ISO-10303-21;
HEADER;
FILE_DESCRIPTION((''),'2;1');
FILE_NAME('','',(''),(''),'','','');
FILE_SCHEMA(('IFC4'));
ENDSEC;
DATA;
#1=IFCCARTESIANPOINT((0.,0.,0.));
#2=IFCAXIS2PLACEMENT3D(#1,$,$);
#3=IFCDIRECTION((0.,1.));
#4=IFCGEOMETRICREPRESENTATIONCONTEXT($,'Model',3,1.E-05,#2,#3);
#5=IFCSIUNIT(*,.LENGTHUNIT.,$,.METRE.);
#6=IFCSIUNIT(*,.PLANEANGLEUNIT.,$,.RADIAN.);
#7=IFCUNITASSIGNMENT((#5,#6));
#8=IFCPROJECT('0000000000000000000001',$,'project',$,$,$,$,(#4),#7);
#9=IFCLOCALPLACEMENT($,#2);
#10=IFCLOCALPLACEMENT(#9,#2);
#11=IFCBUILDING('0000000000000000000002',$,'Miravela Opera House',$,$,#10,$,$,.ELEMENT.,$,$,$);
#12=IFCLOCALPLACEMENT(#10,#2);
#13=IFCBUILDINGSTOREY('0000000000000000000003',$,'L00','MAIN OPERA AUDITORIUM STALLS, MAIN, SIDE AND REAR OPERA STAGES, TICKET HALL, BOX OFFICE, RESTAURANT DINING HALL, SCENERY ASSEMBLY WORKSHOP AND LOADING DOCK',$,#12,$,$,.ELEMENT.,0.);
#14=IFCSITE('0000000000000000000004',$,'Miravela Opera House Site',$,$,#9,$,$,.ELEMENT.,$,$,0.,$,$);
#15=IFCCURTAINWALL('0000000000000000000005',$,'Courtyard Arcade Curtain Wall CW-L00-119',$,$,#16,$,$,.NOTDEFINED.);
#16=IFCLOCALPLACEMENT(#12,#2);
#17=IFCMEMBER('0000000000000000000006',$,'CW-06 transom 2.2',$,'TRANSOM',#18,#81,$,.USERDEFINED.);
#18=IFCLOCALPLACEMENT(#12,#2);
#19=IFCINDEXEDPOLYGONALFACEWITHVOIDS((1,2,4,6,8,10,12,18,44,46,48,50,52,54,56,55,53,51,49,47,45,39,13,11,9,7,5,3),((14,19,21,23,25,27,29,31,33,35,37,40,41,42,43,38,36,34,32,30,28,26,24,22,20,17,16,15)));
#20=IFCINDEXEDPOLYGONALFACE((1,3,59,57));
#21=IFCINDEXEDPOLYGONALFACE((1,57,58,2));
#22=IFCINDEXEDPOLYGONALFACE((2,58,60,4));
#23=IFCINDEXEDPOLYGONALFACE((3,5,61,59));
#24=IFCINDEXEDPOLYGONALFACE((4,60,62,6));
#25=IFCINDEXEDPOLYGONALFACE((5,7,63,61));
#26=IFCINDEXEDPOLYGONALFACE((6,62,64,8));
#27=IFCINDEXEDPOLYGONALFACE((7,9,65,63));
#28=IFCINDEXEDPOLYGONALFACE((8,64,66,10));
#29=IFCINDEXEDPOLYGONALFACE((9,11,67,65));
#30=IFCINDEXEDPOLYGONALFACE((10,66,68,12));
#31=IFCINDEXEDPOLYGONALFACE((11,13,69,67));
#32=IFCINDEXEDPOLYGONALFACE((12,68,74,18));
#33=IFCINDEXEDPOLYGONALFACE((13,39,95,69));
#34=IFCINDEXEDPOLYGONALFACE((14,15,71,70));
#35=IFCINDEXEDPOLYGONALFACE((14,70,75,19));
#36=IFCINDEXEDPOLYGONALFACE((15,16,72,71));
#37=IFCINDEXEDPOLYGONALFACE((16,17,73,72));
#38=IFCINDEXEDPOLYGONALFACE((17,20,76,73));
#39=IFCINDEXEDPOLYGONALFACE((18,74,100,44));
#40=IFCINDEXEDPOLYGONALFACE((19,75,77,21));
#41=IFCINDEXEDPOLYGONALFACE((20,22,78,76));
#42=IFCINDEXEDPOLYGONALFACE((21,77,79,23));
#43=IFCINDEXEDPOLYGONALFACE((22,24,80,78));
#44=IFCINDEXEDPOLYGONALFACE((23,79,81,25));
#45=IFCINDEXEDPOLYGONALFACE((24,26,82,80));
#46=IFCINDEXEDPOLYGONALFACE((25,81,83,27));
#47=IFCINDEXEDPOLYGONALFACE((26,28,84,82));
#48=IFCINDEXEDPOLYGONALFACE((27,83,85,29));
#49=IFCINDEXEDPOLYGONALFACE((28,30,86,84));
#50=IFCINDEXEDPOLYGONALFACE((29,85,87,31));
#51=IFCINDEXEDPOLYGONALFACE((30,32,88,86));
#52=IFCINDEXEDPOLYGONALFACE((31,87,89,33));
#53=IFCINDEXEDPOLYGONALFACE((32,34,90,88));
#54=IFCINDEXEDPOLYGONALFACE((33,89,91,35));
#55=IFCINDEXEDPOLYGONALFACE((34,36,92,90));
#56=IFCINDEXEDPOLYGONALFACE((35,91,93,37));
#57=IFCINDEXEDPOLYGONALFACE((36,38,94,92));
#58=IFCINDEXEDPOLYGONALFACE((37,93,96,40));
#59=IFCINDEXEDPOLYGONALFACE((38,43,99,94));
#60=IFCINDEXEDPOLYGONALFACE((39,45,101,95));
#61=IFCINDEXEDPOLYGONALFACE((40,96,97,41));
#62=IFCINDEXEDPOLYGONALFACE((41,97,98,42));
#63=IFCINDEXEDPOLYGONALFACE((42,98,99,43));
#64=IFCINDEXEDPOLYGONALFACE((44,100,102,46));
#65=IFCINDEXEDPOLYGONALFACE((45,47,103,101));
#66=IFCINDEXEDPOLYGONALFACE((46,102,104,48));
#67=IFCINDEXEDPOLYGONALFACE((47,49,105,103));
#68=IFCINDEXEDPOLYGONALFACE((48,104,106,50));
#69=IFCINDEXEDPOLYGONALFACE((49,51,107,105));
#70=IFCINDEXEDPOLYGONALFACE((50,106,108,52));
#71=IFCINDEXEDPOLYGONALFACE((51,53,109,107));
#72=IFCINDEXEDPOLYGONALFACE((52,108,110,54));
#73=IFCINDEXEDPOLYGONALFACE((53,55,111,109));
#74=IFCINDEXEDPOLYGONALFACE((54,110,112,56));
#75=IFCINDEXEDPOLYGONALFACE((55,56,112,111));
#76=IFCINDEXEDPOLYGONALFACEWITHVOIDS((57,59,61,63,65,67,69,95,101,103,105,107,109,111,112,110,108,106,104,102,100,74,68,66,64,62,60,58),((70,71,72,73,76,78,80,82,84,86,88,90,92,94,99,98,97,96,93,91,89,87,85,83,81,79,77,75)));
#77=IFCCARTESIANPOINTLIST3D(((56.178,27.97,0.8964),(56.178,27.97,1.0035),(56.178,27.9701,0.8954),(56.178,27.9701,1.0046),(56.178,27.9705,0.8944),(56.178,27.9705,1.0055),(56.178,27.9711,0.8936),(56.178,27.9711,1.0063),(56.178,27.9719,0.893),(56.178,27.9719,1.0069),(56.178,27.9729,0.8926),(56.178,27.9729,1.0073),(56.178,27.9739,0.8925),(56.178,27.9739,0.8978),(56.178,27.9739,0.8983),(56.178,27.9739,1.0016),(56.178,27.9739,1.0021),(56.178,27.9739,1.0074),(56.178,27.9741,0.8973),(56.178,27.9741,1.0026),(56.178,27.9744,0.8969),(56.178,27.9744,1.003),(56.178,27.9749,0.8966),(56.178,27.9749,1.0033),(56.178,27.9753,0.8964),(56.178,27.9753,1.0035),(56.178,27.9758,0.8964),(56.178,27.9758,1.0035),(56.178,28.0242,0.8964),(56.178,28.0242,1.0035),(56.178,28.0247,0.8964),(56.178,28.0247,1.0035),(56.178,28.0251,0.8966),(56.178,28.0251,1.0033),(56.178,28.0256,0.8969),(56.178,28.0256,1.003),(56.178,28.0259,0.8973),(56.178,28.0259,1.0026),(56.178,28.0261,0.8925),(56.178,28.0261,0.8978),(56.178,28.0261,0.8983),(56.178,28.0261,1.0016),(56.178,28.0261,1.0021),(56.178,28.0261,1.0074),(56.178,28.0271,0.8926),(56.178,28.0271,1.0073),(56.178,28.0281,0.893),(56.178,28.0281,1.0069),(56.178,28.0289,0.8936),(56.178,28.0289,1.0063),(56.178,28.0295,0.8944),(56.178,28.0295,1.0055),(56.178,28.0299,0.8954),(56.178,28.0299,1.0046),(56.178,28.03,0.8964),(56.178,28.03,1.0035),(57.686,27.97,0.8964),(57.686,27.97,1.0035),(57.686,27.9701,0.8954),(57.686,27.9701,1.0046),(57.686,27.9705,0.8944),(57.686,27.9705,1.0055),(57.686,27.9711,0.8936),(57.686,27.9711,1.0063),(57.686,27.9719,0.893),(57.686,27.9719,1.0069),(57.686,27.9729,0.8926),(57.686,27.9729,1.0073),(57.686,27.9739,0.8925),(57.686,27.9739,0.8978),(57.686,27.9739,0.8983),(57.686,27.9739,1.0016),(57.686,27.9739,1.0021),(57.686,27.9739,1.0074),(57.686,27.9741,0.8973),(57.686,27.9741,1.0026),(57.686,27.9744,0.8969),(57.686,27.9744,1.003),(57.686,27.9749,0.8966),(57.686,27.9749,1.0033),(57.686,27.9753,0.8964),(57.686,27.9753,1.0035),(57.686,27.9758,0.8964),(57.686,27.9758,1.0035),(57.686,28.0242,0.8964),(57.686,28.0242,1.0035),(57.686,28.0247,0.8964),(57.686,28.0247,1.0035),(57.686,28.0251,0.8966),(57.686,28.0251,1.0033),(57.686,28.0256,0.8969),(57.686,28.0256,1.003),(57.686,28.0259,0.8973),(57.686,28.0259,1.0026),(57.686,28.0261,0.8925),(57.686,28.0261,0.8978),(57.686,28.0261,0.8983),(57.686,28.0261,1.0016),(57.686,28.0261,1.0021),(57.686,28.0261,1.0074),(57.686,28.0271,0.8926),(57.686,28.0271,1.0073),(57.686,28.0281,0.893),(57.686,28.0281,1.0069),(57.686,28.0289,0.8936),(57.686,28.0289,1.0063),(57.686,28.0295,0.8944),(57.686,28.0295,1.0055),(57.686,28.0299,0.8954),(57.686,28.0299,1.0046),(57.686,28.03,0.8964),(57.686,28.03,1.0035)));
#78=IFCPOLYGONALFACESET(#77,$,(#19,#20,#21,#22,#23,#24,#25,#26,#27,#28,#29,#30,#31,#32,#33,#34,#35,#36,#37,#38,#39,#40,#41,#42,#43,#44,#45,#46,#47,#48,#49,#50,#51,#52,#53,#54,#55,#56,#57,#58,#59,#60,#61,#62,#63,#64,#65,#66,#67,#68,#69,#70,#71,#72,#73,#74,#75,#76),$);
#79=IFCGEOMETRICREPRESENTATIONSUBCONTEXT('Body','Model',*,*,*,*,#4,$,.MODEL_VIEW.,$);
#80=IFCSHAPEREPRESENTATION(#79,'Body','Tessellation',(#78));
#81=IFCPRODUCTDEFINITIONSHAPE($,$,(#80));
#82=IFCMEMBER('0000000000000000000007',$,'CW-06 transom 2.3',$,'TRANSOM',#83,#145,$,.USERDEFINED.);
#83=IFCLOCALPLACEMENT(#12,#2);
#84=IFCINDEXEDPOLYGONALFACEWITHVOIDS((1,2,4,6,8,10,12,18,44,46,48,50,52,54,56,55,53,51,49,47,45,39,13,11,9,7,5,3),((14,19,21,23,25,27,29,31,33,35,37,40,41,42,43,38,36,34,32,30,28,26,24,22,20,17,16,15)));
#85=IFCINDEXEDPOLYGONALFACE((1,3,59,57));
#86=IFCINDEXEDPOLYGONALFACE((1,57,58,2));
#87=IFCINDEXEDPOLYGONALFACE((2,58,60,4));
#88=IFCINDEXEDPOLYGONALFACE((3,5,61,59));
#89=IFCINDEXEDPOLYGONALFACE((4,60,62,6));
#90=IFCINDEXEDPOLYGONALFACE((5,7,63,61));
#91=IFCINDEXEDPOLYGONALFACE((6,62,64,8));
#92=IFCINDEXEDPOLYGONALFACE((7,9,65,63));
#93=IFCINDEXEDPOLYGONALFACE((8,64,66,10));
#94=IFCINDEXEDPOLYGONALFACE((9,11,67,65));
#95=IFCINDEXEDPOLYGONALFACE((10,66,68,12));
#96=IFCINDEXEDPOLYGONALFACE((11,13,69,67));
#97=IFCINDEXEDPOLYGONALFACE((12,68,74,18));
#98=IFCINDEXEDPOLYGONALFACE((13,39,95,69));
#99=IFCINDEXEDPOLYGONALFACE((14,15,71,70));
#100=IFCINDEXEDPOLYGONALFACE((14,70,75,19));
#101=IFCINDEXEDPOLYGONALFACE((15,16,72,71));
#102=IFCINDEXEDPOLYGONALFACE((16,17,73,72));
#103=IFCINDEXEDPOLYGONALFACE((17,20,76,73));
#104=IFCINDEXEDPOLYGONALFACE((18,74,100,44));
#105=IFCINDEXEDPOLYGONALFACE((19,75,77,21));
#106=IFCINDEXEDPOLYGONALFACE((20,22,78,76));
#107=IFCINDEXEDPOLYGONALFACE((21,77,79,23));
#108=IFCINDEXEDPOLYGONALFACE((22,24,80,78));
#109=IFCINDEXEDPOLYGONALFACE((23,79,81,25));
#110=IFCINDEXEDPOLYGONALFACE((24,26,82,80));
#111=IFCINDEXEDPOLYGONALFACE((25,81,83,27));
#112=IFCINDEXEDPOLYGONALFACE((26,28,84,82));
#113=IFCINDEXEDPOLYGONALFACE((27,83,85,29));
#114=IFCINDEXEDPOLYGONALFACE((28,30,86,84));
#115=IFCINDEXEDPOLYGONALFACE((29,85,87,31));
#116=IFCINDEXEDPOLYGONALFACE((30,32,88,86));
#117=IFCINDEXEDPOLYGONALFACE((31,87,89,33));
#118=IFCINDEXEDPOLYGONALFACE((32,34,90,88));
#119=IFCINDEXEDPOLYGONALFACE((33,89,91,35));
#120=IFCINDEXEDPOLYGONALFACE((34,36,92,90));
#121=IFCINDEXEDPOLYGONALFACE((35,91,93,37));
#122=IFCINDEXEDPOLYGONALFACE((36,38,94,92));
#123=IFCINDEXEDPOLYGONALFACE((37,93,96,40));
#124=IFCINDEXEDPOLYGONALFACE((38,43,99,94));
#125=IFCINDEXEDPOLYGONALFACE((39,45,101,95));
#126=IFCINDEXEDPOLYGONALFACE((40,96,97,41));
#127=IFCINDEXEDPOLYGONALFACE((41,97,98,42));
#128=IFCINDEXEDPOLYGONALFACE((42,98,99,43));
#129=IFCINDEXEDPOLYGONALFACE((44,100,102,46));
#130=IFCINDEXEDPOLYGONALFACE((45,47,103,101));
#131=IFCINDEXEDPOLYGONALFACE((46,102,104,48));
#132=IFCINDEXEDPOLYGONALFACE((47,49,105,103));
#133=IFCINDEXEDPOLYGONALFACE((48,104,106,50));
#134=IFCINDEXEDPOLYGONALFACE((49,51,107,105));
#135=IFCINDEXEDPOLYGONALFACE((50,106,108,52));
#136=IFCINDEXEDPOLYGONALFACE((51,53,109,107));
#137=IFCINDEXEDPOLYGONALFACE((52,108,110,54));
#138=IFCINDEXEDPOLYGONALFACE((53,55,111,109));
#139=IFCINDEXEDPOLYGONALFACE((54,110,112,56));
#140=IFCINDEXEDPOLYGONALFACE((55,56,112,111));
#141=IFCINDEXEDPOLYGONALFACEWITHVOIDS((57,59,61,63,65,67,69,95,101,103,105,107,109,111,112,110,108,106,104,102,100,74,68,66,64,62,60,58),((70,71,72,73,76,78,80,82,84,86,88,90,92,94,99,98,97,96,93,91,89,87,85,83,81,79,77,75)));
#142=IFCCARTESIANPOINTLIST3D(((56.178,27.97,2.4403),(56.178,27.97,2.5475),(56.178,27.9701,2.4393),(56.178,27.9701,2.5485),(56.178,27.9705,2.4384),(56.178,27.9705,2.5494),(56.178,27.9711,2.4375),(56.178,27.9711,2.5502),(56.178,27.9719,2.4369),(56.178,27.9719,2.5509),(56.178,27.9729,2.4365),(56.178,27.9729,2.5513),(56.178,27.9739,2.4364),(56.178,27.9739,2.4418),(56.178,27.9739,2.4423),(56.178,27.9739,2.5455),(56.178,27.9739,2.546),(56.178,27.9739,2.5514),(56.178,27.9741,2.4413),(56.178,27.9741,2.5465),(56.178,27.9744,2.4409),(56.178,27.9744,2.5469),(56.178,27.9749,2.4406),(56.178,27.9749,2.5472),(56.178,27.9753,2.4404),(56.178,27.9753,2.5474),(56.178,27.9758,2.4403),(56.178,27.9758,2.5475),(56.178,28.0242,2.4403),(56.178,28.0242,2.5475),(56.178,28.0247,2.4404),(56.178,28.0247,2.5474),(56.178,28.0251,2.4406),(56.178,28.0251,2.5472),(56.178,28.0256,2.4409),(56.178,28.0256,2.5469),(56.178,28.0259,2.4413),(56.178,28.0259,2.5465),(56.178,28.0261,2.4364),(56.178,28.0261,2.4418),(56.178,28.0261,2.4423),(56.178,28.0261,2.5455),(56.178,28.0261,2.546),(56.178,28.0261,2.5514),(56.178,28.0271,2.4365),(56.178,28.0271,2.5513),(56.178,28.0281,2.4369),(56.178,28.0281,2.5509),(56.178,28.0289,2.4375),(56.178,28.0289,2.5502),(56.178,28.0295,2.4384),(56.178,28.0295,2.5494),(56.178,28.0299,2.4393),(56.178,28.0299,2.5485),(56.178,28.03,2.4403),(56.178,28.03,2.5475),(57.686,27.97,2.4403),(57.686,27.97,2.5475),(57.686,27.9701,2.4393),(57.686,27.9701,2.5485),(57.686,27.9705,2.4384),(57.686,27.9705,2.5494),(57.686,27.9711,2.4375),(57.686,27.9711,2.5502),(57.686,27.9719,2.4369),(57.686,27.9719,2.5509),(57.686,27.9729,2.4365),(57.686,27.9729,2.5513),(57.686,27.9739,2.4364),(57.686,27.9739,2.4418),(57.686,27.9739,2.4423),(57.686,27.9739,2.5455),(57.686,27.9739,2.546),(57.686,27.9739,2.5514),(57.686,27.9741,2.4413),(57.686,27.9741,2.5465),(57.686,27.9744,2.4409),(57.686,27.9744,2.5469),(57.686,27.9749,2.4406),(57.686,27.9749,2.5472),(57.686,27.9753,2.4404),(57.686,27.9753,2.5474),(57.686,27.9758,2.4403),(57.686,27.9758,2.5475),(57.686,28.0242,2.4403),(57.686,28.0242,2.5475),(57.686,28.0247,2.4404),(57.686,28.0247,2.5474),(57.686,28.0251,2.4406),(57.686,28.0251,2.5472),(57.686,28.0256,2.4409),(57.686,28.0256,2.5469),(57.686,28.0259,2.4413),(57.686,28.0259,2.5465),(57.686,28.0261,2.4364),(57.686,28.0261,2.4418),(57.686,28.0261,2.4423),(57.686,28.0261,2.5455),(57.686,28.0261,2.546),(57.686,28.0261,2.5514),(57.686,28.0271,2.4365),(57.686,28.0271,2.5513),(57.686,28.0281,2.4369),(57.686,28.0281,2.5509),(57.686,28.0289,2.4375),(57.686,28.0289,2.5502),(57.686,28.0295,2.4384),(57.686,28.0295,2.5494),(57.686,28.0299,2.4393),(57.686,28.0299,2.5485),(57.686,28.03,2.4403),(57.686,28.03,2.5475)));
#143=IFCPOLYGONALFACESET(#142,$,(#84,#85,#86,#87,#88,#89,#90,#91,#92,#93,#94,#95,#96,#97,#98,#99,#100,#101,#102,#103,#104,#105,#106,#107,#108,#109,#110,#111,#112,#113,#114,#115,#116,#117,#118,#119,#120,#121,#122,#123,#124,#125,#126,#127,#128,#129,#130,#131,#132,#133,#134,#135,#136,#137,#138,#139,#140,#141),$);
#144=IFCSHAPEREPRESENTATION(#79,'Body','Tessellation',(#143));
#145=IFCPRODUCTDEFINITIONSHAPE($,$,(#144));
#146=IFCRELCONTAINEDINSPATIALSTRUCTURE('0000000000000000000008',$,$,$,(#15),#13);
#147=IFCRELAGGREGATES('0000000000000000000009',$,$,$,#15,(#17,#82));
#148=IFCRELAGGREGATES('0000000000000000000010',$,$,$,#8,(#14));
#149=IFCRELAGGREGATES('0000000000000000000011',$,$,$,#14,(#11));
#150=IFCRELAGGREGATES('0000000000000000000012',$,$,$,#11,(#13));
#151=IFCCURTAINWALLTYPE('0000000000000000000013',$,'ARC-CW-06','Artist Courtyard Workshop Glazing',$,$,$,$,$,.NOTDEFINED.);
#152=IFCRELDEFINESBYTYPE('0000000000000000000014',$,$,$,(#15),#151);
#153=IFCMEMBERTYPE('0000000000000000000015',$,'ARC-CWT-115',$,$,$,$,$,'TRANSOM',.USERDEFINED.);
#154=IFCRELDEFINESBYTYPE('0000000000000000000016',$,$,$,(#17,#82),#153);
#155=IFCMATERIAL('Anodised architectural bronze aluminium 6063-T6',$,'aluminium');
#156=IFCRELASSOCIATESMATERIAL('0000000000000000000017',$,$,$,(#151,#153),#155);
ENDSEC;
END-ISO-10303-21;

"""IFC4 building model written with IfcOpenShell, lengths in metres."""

from ifc_helpers import new_model, si_unit, direction, frame, origin, origin_2d, place, context, subcontext, project, spatial, hollow_rectangle, extrude, material, material_profile, profile_set, type_object, element, aggregate, save


model = new_model("IFC4")

# Units and contexts
model_context = context("Model", 3, precision=1e-05, world=origin(), true_north=direction((0.0, 1.0)))
body_context = subcontext(model_context, "Body", "Model", "MODEL_VIEW")
ifc_project = project(units=[si_unit("LENGTHUNIT", "METRE"), si_unit("PLANEANGLEUNIT", "RADIAN")], contexts=[model_context])

# Site, building, storey
site_placement = place(None, origin())
site = spatial("IfcSite", under=ifc_project, at=site_placement, Name="Miravela Opera House Site", CompositionType="ELEMENT", RefElevation=0.0)
building_placement = place(site_placement, origin())
building = spatial("IfcBuilding", under=site, at=building_placement, Name="Miravela Opera House", CompositionType="ELEMENT")
storey_placement = place(building_placement, origin())
storey = spatial("IfcBuildingStorey", under=building, at=storey_placement, Name="L00", Description="MAIN OPERA AUDITORIUM STALLS, MAIN, SIDE AND REAR OPERA STAGES, TICKET HALL, BOX OFFICE, RESTAURANT DINING HALL, SCENERY ASSEMBLY WORKSHOP AND LOADING DOCK", CompositionType="ELEMENT", Elevation=0.0)

# Curtain wall, members
ifc_material_1 = material(Name="Anodised architectural bronze aluminium 6063-T6", Category="aluminium")
curtain_wall_type = type_object("IfcCurtainWallType", Name="ARC-CW-06", Description="Artist Courtyard Workshop Glazing", PredefinedType="NOTDEFINED", material=ifc_material_1)
curtain_wall_placement = place(storey_placement, origin())
curtain_wall = element("IfcCurtainWall", 1, at=curtain_wall_placement, inside=storey, type_object=curtain_wall_type, Name="Courtyard Arcade Curtain Wall CW-L00-119", PredefinedType="NOTDEFINED")
ifc_material_profile_1 = material_profile(ifc_material_1, hollow_rectangle(XDim=0.0601, YDim=0.115, WallThickness=0.0039, InnerFilletRadius=0.002, OuterFilletRadius=0.0039, at=origin_2d()), Name="CWT-60X115")
ifc_profile_set_1 = profile_set([ifc_material_profile_1])
member_type_1 = type_object("IfcMemberType", Name="ARC-CWT-115", ElementType="TRANSOM", PredefinedType="USERDEFINED", material=ifc_profile_set_1)
member_1_placement = place(storey_placement, frame((56.178, 28.0, 0.95), z_axis=(1.0, 0.0, 0.0), x_axis=(0.0, 1.0, 0.0)))
member_1 = element("IfcMember", 2, at=member_1_placement, type_object=member_type_1, Name="CW-06 transom 2.2", ObjectType="TRANSOM", PredefinedType="USERDEFINED", context=body_context, shape_type="SweptSolid", body=[
    extrude(hollow_rectangle(XDim=0.0601, YDim=0.115, WallThickness=0.0039, InnerFilletRadius=0.002, OuterFilletRadius=0.0039, at=origin_2d()), origin(), (0.0, 0.0, 1.0), 1.5081),
])
member_2_placement = place(storey_placement, frame((56.178, 28.0, 2.4939), z_axis=(1.0, 0.0, 0.0), x_axis=(0.0, 1.0, 0.0)))
member_2 = element("IfcMember", 3, at=member_2_placement, type_object=member_type_1, Name="CW-06 transom 2.3", ObjectType="TRANSOM", PredefinedType="USERDEFINED", context=body_context, shape_type="SweptSolid", body=[
    extrude(hollow_rectangle(XDim=0.0601, YDim=0.115, WallThickness=0.0039, InnerFilletRadius=0.002, OuterFilletRadius=0.0039, at=origin_2d()), origin(), (0.0, 0.0, 1.0), 1.5081),
])
aggregate(curtain_wall, [member_1, member_2])

save(model, "model.ifc")
